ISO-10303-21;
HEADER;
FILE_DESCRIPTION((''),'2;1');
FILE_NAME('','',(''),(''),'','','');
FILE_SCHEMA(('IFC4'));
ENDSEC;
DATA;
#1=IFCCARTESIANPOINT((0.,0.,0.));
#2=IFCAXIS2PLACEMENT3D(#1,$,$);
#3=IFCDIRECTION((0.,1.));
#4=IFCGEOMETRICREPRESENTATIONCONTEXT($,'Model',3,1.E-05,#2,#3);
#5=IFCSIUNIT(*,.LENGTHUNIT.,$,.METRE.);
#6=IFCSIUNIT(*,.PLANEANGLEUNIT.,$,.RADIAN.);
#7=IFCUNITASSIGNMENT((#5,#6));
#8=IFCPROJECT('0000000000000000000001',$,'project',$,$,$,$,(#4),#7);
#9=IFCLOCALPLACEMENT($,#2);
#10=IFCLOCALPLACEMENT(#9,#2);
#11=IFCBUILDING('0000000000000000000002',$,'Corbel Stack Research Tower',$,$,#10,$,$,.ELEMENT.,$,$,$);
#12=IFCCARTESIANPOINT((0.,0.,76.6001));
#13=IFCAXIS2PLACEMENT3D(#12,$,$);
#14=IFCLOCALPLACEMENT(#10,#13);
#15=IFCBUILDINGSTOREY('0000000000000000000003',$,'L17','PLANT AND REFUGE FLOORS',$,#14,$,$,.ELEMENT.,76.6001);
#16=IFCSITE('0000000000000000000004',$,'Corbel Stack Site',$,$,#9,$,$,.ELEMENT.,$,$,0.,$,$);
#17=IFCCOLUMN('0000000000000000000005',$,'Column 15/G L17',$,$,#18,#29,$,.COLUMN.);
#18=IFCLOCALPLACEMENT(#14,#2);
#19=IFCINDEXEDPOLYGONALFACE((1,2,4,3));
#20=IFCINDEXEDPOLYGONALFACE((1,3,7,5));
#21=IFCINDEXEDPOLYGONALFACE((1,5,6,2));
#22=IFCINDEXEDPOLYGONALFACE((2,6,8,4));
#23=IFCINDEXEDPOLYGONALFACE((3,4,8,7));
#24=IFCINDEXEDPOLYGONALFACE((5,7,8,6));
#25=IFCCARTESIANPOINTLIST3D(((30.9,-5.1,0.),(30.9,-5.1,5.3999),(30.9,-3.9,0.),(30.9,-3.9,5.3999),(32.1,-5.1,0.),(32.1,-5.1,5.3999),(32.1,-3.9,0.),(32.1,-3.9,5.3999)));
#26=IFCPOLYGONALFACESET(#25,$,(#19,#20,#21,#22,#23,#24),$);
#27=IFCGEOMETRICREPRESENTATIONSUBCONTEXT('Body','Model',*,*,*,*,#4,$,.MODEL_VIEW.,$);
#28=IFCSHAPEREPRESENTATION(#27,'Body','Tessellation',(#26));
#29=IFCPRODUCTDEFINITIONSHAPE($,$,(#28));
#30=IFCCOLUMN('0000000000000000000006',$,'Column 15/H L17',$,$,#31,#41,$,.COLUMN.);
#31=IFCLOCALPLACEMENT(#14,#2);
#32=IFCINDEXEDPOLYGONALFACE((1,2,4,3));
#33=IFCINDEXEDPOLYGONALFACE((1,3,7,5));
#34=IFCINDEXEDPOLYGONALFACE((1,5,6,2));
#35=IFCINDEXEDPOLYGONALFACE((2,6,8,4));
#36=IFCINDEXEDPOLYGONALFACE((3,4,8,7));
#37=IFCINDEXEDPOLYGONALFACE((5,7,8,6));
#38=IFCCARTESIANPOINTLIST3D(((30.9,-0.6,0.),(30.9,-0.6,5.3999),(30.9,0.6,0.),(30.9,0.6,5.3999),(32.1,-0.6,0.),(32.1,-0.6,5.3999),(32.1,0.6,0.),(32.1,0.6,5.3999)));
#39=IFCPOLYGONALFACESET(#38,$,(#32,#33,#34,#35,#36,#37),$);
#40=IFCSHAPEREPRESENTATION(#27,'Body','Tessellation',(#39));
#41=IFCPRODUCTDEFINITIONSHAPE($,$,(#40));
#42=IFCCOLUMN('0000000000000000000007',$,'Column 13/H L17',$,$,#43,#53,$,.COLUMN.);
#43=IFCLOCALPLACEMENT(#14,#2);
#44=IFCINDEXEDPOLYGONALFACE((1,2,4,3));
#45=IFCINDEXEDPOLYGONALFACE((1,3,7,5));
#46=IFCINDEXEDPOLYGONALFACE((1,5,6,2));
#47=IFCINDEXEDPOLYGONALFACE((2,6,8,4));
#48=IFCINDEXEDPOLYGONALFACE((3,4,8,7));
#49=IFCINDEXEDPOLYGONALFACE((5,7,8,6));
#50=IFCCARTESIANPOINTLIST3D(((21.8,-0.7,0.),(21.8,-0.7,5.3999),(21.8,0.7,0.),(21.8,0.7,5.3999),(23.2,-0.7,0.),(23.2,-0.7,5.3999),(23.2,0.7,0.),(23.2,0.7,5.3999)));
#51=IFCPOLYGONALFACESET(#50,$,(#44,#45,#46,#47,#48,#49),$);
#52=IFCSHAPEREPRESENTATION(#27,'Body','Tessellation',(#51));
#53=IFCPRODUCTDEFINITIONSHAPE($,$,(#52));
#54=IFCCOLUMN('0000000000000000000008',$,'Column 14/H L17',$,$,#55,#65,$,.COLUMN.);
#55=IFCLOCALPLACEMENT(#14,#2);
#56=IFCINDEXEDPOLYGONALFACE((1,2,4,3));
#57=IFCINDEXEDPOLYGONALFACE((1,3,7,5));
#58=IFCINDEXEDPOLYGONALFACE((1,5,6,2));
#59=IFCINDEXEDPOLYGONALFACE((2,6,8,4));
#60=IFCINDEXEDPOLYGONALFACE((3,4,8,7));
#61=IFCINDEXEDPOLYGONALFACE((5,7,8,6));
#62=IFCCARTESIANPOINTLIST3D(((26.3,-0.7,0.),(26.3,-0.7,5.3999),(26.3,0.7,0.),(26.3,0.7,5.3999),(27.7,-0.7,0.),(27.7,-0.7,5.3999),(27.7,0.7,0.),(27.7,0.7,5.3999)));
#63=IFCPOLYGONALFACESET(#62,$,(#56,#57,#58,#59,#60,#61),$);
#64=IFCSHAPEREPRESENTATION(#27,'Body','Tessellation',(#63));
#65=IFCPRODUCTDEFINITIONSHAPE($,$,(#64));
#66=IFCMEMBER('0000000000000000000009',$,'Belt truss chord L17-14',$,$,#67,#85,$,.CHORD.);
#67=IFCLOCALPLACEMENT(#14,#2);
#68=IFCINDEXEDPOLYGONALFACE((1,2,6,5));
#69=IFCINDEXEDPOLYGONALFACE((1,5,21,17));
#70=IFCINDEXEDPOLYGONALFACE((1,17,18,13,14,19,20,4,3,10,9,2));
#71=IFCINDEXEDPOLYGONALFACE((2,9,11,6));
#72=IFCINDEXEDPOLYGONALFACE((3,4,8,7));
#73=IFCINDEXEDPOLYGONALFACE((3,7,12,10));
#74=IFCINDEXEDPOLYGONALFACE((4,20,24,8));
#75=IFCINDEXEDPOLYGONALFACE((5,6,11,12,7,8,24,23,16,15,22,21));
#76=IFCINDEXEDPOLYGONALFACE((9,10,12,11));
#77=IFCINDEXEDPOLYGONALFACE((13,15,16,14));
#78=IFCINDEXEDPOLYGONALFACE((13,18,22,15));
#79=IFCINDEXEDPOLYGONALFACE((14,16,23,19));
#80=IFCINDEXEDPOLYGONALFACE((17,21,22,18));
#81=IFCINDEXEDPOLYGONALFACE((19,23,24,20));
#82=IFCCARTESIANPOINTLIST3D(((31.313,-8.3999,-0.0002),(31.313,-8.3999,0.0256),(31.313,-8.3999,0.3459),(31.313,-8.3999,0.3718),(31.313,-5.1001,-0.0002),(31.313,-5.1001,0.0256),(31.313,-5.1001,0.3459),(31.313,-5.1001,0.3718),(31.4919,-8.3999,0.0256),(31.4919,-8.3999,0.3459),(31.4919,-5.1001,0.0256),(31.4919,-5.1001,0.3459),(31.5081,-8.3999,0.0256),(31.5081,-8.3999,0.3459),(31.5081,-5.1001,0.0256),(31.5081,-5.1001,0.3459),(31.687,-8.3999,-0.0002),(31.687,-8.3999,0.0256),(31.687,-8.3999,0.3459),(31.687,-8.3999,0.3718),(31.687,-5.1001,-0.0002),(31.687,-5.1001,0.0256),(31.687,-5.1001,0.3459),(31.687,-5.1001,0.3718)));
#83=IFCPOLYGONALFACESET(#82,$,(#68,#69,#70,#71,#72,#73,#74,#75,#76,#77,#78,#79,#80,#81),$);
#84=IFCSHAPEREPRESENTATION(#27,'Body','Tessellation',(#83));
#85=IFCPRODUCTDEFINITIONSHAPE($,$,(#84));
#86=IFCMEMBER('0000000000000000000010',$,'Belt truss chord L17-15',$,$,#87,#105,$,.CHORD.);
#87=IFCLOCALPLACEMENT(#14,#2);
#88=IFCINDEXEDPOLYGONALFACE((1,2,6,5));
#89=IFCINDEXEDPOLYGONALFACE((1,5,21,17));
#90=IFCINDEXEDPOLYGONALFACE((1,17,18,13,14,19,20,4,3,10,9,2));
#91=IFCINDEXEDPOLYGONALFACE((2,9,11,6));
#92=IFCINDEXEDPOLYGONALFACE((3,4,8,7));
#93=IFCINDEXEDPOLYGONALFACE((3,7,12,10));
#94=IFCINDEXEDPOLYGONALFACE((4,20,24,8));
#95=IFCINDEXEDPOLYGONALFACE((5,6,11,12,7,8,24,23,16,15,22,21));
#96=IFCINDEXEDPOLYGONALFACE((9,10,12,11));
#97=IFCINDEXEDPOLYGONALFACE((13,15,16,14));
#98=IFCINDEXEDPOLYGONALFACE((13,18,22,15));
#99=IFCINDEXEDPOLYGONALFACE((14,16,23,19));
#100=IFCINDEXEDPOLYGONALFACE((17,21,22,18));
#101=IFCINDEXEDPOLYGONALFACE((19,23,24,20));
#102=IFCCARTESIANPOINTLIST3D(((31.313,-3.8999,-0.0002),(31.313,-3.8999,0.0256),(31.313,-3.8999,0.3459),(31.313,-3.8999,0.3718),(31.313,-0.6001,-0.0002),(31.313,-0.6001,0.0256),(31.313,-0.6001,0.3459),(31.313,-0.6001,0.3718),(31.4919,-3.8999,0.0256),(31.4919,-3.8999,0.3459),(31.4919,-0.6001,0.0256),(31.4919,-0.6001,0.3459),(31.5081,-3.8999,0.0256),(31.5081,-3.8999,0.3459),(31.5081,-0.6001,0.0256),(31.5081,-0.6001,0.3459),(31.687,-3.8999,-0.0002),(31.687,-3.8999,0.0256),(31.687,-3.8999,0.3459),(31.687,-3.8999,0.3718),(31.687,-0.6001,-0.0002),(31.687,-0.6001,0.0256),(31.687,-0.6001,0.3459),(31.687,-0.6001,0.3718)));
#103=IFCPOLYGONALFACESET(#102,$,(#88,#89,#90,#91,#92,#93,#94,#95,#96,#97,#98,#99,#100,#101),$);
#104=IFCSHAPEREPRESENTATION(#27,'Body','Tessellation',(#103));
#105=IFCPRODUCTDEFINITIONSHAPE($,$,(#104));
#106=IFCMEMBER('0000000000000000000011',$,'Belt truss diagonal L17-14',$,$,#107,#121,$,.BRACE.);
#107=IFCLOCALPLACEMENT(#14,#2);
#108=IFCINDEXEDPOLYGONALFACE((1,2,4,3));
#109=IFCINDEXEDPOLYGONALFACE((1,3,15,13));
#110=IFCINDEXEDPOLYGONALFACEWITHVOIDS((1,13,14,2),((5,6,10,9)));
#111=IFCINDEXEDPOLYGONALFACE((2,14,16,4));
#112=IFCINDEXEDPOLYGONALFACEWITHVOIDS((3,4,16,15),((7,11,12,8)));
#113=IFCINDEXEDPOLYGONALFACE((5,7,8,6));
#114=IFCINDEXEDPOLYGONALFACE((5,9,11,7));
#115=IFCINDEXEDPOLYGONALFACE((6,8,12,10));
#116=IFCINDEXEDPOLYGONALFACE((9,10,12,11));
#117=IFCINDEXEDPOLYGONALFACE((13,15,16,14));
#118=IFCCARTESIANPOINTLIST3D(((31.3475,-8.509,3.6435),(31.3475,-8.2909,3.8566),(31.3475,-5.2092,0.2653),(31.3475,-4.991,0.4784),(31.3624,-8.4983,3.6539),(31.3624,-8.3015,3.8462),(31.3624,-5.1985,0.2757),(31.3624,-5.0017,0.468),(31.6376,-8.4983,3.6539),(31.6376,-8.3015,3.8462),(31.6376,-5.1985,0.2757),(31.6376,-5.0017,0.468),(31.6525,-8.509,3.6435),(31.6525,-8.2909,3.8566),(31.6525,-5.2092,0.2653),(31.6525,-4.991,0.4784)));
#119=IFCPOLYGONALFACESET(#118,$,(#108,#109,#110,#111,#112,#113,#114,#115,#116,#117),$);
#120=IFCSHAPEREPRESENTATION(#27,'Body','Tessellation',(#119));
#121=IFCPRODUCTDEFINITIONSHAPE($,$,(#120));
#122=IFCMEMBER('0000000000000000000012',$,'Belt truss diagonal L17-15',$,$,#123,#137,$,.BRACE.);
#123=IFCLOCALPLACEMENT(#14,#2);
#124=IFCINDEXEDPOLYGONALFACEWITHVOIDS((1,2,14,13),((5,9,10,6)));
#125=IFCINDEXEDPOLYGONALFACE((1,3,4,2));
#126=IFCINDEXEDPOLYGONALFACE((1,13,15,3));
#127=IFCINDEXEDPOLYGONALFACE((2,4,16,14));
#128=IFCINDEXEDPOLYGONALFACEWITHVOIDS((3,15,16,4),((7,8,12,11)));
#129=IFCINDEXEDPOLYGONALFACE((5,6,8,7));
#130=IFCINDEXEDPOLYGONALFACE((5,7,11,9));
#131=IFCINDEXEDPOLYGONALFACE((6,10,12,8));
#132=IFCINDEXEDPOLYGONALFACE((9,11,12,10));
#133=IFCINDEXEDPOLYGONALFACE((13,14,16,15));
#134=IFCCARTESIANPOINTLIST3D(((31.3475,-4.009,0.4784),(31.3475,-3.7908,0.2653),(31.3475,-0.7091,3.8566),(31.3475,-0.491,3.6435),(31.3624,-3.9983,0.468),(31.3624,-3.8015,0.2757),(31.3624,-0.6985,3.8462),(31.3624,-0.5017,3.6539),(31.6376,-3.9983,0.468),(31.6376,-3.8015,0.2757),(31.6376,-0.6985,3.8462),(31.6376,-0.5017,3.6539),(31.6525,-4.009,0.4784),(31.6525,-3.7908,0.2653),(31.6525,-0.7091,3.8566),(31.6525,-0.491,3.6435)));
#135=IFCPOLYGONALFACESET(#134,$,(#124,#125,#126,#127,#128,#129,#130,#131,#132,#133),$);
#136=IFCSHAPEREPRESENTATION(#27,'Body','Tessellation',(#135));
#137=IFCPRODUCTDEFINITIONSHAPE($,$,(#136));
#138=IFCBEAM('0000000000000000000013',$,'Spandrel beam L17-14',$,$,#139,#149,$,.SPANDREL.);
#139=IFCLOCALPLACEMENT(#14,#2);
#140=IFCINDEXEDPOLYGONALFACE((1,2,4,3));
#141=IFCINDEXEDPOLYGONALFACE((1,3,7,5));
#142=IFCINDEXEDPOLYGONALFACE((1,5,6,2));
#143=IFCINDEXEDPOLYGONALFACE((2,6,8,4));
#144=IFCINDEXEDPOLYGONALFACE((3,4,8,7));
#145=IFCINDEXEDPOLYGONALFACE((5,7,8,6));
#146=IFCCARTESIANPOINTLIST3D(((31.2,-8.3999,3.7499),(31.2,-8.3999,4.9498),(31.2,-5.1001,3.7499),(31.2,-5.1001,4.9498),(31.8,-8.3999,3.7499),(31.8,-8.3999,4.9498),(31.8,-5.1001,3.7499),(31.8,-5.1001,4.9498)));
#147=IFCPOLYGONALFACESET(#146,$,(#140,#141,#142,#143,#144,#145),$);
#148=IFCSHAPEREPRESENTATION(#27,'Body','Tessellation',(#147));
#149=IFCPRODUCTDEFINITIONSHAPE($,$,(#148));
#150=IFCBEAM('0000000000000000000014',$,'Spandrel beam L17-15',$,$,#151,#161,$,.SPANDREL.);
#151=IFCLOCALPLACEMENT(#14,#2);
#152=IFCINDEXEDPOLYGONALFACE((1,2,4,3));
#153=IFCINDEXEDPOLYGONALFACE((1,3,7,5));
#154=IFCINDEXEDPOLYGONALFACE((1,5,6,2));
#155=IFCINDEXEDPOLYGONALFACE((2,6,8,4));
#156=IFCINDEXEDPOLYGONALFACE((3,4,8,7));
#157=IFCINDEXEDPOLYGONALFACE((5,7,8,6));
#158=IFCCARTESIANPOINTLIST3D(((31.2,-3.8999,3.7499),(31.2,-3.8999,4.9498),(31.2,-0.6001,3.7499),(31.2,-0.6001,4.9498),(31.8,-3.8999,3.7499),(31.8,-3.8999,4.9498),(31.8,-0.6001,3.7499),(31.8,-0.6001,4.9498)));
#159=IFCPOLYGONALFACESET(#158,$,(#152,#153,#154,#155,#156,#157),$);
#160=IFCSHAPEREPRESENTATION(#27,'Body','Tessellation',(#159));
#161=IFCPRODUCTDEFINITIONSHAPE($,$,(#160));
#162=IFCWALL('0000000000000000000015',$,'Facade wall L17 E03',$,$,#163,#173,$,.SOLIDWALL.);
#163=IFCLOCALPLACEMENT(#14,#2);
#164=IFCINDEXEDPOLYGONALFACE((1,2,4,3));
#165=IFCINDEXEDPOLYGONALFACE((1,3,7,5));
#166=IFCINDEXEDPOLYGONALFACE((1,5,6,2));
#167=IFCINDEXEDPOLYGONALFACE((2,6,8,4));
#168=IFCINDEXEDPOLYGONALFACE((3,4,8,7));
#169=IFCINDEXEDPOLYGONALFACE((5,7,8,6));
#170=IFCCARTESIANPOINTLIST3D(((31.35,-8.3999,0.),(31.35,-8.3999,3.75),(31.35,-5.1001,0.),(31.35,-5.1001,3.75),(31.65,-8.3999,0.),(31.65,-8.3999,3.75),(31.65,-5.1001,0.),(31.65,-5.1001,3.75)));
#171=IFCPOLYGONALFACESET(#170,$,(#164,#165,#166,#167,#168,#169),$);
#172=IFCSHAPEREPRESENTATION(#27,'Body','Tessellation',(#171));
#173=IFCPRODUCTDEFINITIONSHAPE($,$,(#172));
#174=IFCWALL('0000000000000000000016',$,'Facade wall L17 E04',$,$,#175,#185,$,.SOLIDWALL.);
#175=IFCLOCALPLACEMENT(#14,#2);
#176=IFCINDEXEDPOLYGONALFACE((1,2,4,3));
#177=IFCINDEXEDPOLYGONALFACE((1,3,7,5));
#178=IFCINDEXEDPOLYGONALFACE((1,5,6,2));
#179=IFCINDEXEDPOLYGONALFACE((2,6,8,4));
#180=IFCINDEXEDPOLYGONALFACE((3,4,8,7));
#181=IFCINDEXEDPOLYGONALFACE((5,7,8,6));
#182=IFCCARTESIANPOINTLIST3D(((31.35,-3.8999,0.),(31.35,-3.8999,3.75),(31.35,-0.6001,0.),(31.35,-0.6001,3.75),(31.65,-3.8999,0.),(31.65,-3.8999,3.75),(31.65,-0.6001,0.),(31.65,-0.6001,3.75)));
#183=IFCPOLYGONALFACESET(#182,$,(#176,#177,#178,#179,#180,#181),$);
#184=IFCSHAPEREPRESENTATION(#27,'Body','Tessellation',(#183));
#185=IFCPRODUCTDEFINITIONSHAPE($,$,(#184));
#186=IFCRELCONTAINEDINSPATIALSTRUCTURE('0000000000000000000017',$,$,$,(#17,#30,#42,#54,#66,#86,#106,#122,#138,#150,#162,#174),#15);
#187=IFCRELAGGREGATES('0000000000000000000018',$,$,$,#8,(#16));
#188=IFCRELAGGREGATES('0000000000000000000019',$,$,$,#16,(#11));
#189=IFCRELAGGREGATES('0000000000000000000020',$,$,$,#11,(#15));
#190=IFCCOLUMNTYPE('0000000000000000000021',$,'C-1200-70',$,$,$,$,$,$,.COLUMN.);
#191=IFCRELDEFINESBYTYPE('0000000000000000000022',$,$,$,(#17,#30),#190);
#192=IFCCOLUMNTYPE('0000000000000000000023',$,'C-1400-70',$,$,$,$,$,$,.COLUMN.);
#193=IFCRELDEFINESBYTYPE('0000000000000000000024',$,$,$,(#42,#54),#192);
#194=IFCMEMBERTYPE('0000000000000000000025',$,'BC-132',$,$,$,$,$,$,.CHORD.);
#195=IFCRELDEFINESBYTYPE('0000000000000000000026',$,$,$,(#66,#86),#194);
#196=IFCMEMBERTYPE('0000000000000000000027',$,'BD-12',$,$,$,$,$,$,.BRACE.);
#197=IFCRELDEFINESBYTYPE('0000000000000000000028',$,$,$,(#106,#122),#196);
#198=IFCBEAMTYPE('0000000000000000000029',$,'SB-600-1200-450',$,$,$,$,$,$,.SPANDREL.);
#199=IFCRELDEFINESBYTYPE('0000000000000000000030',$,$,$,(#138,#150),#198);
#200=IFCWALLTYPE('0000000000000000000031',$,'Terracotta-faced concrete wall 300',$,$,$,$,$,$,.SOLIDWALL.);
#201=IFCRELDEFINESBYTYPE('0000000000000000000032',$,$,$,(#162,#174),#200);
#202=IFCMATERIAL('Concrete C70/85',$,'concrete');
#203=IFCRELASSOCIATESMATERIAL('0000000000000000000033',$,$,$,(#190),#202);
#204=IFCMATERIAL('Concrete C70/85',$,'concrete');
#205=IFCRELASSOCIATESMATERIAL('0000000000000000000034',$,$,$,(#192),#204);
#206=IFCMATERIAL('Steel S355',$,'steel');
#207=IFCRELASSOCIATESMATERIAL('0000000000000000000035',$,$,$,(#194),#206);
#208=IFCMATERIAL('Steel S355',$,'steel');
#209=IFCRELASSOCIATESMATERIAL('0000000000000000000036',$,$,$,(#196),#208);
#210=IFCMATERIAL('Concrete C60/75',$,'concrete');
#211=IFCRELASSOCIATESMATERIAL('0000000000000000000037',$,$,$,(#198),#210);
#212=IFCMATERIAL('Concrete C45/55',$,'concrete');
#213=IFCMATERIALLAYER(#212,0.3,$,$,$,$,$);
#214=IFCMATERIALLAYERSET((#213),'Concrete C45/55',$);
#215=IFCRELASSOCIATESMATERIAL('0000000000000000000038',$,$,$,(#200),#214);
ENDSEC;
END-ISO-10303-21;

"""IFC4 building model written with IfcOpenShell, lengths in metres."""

from ifc_helpers import new_model, si_unit, direction, frame, frame_2d, origin, origin_2d, place, context, subcontext, project, spatial, rectangle, hollow_rectangle, i_section, extrude, material, layer, layer_set, material_profile, profile_set, type_object, element, save


model = new_model("IFC4")

# Units and contexts
model_context = context("Model", 3, precision=1e-05, world=origin(), true_north=direction((0.0, 1.0)))
body_context = subcontext(model_context, "Body", "Model", "MODEL_VIEW")
ifc_project = project(units=[si_unit("LENGTHUNIT", "METRE"), si_unit("PLANEANGLEUNIT", "RADIAN")], contexts=[model_context])

# Site, building, storey
site_placement = place(None, origin())
site = spatial("IfcSite", under=ifc_project, at=site_placement, Name="Corbel Stack Site", CompositionType="ELEMENT", RefElevation=0.0)
building_placement = place(site_placement, origin())
building = spatial("IfcBuilding", under=site, at=building_placement, Name="Corbel Stack Research Tower", CompositionType="ELEMENT")
storey_placement = place(building_placement, frame((0.0, 0.0, 76.6001)))
storey = spatial("IfcBuildingStorey", under=building, at=storey_placement, Name="L17", Description="PLANT AND REFUGE FLOORS", CompositionType="ELEMENT", Elevation=76.6001)

# Columns
ifc_material_1 = material(Name="Concrete C70/85", Category="concrete")
ifc_material_profile_1 = material_profile(ifc_material_1, rectangle(XDim=1.2, YDim=1.2, at=origin_2d()), Name="RC 1200 x 1200")
ifc_profile_set_1 = profile_set([ifc_material_profile_1], Name="Concrete C70/85")
column_type_1 = type_object("IfcColumnType", Name="C-1200-70", PredefinedType="COLUMN", material=ifc_profile_set_1)
for number, where, z_axis, x_axis, name in (
    (1, (31.5, -4.5, 0.0), (0.0, 0.0, 1.0), (1.0, 0.0, 0.0), "Column 15/G L17"),
    (2, (31.5, 0.0, 0.0), (0.0, 0.0, 1.0), (1.0, 0.0, 0.0), "Column 15/H L17"),
):
    element("IfcColumn", number, at=place(storey_placement, frame(where, z_axis=z_axis, x_axis=x_axis)), inside=storey, type_object=column_type_1, Name=name, PredefinedType="COLUMN", context=body_context, shape_type="SweptSolid", body=[
        extrude(rectangle(XDim=1.2, YDim=1.2, at=origin_2d()), origin(), (0.0, 0.0, 1.0), 5.3999),
    ])
ifc_material_2 = material(Name="Concrete C70/85", Category="concrete")
ifc_material_profile_2 = material_profile(ifc_material_2, rectangle(XDim=1.3999, YDim=1.3999, at=origin_2d()), Name="RC 1400 x 1400")
ifc_profile_set_2 = profile_set([ifc_material_profile_2], Name="Concrete C70/85")
column_type_2 = type_object("IfcColumnType", Name="C-1400-70", PredefinedType="COLUMN", material=ifc_profile_set_2)
for number, where, z_axis, x_axis, name in (
    (3, (22.5, 0.0, 0.0), (0.0, 0.0, 1.0), (1.0, 0.0, 0.0), "Column 13/H L17"),
    (4, (27.0, 0.0, 0.0), (0.0, 0.0, 1.0), (1.0, 0.0, 0.0), "Column 14/H L17"),
):
    element("IfcColumn", number, at=place(storey_placement, frame(where, z_axis=z_axis, x_axis=x_axis)), inside=storey, type_object=column_type_2, Name=name, PredefinedType="COLUMN", context=body_context, shape_type="SweptSolid", body=[
        extrude(rectangle(XDim=1.3999, YDim=1.3999, at=origin_2d()), origin(), (0.0, 0.0, 1.0), 5.3999),
    ])

# Members
ifc_material_3 = material(Name="Steel S355", Category="steel")
ifc_material_profile_3 = material_profile(ifc_material_3, i_section(OverallWidth=0.374, OverallDepth=0.3721, WebThickness=0.0161, FlangeThickness=0.0259, at=origin_2d()), Name="W14x132")
ifc_profile_set_3 = profile_set([ifc_material_profile_3], Name="Steel S355")
member_type_1 = type_object("IfcMemberType", Name="BC-132", PredefinedType="CHORD", material=ifc_profile_set_3)
for number, where, z_axis, x_axis, name in (
    (5, (31.5, -8.3999, 0.1858), (0.0, 1.0, 0.0), (-1.0, 0.0, 0.0), "Belt truss chord L17-14"),
    (6, (31.5, -3.8999, 0.1858), (0.0, 1.0, 0.0), (-1.0, 0.0, 0.0), "Belt truss chord L17-15"),
):
    element("IfcMember", number, at=place(storey_placement, frame(where, z_axis=z_axis, x_axis=x_axis)), inside=storey, type_object=member_type_1, Name=name, PredefinedType="CHORD", context=body_context, shape_type="SweptSolid", body=[
        extrude(i_section(OverallWidth=0.374, OverallDepth=0.3721, WebThickness=0.0161, FlangeThickness=0.0259, at=origin_2d()), origin(), (0.0, 0.0, 1.0), 3.2998),
    ])
ifc_material_4 = material(Name="Steel S355", Category="steel")
ifc_material_profile_4 = material_profile(ifc_material_4, hollow_rectangle(XDim=0.3049, YDim=0.3049, WallThickness=0.0149, at=origin_2d()), Name="HSS12x12x5/8")
ifc_profile_set_4 = profile_set([ifc_material_profile_4], Name="Steel S355")
member_type_2 = type_object("IfcMemberType", Name="BD-12", PredefinedType="BRACE", material=ifc_profile_set_4)
for number, where, z_axis, x_axis, name in (
    (7, (31.5, -5.1001, 0.3718), (0.0, -0.69876, 0.715356), (1.0, 0.0, 0.0), "Belt truss diagonal L17-14"),
    (8, (31.5, -3.8999, 0.3718), (0.0, 0.69876, 0.715356), (-1.0, 0.0, 0.0), "Belt truss diagonal L17-15"),
):
    element("IfcMember", number, at=place(storey_placement, frame(where, z_axis=z_axis, x_axis=x_axis)), inside=storey, type_object=member_type_2, Name=name, PredefinedType="BRACE", context=body_context, shape_type="SweptSolid", body=[
        extrude(hollow_rectangle(XDim=0.3049, YDim=0.3049, WallThickness=0.0149, at=origin_2d()), origin(), (0.0, 0.0, 1.0), 4.7224),
    ])

# Beams
ifc_material_5 = material(Name="Concrete C60/75", Category="concrete")
ifc_material_profile_5 = material_profile(ifc_material_5, rectangle(XDim=0.6001, YDim=1.2, at=origin_2d()), Name="RC 600 x 1200")
ifc_profile_set_5 = profile_set([ifc_material_profile_5], Name="Concrete C60/75")
beam_type = type_object("IfcBeamType", Name="SB-600-1200-450", PredefinedType="SPANDREL", material=ifc_profile_set_5)
for number, where, z_axis, x_axis, name in (
    (9, (31.5, -8.3999, 4.3499), (0.0, 1.0, 0.0), (-1.0, 0.0, 0.0), "Spandrel beam L17-14"),
    (10, (31.5, -3.8999, 4.3499), (0.0, 1.0, 0.0), (-1.0, 0.0, 0.0), "Spandrel beam L17-15"),
):
    element("IfcBeam", number, at=place(storey_placement, frame(where, z_axis=z_axis, x_axis=x_axis)), inside=storey, type_object=beam_type, Name=name, PredefinedType="SPANDREL", context=body_context, shape_type="SweptSolid", body=[
        extrude(rectangle(XDim=0.6001, YDim=1.2, at=origin_2d()), origin(), (0.0, 0.0, 1.0), 3.2998),
    ])

# Walls
ifc_material_6 = material(Name="Concrete C45/55", Category="concrete")
ifc_layer_1 = layer(ifc_material_6, 0.3)
ifc_layer_set_1 = layer_set([ifc_layer_1], Name="Concrete C45/55")
wall_type = type_object("IfcWallType", Name="Terracotta-faced concrete wall 300", PredefinedType="SOLIDWALL", material=ifc_layer_set_1)
for number, where, z_axis, x_axis, name in (
    (11, (31.5, -5.1001, 0.0), (0.0, 0.0, 1.0), (0.0, -1.0, 0.0), "Facade wall L17 E03"),
    (12, (31.5, -0.6001, 0.0), (0.0, 0.0, 1.0), (0.0, -1.0, 0.0), "Facade wall L17 E04"),
):
    element("IfcWall", number, at=place(storey_placement, frame(where, z_axis=z_axis, x_axis=x_axis)), inside=storey, type_object=wall_type, Name=name, PredefinedType="SOLIDWALL", context=body_context, shape_type="SweptSolid", body=[
        extrude(rectangle(XDim=3.2998, YDim=0.3, at=frame_2d((1.6499, 0.0))), origin(), (0.0, 0.0, 1.0), 3.75),
    ])

save(model, "model.ifc")
